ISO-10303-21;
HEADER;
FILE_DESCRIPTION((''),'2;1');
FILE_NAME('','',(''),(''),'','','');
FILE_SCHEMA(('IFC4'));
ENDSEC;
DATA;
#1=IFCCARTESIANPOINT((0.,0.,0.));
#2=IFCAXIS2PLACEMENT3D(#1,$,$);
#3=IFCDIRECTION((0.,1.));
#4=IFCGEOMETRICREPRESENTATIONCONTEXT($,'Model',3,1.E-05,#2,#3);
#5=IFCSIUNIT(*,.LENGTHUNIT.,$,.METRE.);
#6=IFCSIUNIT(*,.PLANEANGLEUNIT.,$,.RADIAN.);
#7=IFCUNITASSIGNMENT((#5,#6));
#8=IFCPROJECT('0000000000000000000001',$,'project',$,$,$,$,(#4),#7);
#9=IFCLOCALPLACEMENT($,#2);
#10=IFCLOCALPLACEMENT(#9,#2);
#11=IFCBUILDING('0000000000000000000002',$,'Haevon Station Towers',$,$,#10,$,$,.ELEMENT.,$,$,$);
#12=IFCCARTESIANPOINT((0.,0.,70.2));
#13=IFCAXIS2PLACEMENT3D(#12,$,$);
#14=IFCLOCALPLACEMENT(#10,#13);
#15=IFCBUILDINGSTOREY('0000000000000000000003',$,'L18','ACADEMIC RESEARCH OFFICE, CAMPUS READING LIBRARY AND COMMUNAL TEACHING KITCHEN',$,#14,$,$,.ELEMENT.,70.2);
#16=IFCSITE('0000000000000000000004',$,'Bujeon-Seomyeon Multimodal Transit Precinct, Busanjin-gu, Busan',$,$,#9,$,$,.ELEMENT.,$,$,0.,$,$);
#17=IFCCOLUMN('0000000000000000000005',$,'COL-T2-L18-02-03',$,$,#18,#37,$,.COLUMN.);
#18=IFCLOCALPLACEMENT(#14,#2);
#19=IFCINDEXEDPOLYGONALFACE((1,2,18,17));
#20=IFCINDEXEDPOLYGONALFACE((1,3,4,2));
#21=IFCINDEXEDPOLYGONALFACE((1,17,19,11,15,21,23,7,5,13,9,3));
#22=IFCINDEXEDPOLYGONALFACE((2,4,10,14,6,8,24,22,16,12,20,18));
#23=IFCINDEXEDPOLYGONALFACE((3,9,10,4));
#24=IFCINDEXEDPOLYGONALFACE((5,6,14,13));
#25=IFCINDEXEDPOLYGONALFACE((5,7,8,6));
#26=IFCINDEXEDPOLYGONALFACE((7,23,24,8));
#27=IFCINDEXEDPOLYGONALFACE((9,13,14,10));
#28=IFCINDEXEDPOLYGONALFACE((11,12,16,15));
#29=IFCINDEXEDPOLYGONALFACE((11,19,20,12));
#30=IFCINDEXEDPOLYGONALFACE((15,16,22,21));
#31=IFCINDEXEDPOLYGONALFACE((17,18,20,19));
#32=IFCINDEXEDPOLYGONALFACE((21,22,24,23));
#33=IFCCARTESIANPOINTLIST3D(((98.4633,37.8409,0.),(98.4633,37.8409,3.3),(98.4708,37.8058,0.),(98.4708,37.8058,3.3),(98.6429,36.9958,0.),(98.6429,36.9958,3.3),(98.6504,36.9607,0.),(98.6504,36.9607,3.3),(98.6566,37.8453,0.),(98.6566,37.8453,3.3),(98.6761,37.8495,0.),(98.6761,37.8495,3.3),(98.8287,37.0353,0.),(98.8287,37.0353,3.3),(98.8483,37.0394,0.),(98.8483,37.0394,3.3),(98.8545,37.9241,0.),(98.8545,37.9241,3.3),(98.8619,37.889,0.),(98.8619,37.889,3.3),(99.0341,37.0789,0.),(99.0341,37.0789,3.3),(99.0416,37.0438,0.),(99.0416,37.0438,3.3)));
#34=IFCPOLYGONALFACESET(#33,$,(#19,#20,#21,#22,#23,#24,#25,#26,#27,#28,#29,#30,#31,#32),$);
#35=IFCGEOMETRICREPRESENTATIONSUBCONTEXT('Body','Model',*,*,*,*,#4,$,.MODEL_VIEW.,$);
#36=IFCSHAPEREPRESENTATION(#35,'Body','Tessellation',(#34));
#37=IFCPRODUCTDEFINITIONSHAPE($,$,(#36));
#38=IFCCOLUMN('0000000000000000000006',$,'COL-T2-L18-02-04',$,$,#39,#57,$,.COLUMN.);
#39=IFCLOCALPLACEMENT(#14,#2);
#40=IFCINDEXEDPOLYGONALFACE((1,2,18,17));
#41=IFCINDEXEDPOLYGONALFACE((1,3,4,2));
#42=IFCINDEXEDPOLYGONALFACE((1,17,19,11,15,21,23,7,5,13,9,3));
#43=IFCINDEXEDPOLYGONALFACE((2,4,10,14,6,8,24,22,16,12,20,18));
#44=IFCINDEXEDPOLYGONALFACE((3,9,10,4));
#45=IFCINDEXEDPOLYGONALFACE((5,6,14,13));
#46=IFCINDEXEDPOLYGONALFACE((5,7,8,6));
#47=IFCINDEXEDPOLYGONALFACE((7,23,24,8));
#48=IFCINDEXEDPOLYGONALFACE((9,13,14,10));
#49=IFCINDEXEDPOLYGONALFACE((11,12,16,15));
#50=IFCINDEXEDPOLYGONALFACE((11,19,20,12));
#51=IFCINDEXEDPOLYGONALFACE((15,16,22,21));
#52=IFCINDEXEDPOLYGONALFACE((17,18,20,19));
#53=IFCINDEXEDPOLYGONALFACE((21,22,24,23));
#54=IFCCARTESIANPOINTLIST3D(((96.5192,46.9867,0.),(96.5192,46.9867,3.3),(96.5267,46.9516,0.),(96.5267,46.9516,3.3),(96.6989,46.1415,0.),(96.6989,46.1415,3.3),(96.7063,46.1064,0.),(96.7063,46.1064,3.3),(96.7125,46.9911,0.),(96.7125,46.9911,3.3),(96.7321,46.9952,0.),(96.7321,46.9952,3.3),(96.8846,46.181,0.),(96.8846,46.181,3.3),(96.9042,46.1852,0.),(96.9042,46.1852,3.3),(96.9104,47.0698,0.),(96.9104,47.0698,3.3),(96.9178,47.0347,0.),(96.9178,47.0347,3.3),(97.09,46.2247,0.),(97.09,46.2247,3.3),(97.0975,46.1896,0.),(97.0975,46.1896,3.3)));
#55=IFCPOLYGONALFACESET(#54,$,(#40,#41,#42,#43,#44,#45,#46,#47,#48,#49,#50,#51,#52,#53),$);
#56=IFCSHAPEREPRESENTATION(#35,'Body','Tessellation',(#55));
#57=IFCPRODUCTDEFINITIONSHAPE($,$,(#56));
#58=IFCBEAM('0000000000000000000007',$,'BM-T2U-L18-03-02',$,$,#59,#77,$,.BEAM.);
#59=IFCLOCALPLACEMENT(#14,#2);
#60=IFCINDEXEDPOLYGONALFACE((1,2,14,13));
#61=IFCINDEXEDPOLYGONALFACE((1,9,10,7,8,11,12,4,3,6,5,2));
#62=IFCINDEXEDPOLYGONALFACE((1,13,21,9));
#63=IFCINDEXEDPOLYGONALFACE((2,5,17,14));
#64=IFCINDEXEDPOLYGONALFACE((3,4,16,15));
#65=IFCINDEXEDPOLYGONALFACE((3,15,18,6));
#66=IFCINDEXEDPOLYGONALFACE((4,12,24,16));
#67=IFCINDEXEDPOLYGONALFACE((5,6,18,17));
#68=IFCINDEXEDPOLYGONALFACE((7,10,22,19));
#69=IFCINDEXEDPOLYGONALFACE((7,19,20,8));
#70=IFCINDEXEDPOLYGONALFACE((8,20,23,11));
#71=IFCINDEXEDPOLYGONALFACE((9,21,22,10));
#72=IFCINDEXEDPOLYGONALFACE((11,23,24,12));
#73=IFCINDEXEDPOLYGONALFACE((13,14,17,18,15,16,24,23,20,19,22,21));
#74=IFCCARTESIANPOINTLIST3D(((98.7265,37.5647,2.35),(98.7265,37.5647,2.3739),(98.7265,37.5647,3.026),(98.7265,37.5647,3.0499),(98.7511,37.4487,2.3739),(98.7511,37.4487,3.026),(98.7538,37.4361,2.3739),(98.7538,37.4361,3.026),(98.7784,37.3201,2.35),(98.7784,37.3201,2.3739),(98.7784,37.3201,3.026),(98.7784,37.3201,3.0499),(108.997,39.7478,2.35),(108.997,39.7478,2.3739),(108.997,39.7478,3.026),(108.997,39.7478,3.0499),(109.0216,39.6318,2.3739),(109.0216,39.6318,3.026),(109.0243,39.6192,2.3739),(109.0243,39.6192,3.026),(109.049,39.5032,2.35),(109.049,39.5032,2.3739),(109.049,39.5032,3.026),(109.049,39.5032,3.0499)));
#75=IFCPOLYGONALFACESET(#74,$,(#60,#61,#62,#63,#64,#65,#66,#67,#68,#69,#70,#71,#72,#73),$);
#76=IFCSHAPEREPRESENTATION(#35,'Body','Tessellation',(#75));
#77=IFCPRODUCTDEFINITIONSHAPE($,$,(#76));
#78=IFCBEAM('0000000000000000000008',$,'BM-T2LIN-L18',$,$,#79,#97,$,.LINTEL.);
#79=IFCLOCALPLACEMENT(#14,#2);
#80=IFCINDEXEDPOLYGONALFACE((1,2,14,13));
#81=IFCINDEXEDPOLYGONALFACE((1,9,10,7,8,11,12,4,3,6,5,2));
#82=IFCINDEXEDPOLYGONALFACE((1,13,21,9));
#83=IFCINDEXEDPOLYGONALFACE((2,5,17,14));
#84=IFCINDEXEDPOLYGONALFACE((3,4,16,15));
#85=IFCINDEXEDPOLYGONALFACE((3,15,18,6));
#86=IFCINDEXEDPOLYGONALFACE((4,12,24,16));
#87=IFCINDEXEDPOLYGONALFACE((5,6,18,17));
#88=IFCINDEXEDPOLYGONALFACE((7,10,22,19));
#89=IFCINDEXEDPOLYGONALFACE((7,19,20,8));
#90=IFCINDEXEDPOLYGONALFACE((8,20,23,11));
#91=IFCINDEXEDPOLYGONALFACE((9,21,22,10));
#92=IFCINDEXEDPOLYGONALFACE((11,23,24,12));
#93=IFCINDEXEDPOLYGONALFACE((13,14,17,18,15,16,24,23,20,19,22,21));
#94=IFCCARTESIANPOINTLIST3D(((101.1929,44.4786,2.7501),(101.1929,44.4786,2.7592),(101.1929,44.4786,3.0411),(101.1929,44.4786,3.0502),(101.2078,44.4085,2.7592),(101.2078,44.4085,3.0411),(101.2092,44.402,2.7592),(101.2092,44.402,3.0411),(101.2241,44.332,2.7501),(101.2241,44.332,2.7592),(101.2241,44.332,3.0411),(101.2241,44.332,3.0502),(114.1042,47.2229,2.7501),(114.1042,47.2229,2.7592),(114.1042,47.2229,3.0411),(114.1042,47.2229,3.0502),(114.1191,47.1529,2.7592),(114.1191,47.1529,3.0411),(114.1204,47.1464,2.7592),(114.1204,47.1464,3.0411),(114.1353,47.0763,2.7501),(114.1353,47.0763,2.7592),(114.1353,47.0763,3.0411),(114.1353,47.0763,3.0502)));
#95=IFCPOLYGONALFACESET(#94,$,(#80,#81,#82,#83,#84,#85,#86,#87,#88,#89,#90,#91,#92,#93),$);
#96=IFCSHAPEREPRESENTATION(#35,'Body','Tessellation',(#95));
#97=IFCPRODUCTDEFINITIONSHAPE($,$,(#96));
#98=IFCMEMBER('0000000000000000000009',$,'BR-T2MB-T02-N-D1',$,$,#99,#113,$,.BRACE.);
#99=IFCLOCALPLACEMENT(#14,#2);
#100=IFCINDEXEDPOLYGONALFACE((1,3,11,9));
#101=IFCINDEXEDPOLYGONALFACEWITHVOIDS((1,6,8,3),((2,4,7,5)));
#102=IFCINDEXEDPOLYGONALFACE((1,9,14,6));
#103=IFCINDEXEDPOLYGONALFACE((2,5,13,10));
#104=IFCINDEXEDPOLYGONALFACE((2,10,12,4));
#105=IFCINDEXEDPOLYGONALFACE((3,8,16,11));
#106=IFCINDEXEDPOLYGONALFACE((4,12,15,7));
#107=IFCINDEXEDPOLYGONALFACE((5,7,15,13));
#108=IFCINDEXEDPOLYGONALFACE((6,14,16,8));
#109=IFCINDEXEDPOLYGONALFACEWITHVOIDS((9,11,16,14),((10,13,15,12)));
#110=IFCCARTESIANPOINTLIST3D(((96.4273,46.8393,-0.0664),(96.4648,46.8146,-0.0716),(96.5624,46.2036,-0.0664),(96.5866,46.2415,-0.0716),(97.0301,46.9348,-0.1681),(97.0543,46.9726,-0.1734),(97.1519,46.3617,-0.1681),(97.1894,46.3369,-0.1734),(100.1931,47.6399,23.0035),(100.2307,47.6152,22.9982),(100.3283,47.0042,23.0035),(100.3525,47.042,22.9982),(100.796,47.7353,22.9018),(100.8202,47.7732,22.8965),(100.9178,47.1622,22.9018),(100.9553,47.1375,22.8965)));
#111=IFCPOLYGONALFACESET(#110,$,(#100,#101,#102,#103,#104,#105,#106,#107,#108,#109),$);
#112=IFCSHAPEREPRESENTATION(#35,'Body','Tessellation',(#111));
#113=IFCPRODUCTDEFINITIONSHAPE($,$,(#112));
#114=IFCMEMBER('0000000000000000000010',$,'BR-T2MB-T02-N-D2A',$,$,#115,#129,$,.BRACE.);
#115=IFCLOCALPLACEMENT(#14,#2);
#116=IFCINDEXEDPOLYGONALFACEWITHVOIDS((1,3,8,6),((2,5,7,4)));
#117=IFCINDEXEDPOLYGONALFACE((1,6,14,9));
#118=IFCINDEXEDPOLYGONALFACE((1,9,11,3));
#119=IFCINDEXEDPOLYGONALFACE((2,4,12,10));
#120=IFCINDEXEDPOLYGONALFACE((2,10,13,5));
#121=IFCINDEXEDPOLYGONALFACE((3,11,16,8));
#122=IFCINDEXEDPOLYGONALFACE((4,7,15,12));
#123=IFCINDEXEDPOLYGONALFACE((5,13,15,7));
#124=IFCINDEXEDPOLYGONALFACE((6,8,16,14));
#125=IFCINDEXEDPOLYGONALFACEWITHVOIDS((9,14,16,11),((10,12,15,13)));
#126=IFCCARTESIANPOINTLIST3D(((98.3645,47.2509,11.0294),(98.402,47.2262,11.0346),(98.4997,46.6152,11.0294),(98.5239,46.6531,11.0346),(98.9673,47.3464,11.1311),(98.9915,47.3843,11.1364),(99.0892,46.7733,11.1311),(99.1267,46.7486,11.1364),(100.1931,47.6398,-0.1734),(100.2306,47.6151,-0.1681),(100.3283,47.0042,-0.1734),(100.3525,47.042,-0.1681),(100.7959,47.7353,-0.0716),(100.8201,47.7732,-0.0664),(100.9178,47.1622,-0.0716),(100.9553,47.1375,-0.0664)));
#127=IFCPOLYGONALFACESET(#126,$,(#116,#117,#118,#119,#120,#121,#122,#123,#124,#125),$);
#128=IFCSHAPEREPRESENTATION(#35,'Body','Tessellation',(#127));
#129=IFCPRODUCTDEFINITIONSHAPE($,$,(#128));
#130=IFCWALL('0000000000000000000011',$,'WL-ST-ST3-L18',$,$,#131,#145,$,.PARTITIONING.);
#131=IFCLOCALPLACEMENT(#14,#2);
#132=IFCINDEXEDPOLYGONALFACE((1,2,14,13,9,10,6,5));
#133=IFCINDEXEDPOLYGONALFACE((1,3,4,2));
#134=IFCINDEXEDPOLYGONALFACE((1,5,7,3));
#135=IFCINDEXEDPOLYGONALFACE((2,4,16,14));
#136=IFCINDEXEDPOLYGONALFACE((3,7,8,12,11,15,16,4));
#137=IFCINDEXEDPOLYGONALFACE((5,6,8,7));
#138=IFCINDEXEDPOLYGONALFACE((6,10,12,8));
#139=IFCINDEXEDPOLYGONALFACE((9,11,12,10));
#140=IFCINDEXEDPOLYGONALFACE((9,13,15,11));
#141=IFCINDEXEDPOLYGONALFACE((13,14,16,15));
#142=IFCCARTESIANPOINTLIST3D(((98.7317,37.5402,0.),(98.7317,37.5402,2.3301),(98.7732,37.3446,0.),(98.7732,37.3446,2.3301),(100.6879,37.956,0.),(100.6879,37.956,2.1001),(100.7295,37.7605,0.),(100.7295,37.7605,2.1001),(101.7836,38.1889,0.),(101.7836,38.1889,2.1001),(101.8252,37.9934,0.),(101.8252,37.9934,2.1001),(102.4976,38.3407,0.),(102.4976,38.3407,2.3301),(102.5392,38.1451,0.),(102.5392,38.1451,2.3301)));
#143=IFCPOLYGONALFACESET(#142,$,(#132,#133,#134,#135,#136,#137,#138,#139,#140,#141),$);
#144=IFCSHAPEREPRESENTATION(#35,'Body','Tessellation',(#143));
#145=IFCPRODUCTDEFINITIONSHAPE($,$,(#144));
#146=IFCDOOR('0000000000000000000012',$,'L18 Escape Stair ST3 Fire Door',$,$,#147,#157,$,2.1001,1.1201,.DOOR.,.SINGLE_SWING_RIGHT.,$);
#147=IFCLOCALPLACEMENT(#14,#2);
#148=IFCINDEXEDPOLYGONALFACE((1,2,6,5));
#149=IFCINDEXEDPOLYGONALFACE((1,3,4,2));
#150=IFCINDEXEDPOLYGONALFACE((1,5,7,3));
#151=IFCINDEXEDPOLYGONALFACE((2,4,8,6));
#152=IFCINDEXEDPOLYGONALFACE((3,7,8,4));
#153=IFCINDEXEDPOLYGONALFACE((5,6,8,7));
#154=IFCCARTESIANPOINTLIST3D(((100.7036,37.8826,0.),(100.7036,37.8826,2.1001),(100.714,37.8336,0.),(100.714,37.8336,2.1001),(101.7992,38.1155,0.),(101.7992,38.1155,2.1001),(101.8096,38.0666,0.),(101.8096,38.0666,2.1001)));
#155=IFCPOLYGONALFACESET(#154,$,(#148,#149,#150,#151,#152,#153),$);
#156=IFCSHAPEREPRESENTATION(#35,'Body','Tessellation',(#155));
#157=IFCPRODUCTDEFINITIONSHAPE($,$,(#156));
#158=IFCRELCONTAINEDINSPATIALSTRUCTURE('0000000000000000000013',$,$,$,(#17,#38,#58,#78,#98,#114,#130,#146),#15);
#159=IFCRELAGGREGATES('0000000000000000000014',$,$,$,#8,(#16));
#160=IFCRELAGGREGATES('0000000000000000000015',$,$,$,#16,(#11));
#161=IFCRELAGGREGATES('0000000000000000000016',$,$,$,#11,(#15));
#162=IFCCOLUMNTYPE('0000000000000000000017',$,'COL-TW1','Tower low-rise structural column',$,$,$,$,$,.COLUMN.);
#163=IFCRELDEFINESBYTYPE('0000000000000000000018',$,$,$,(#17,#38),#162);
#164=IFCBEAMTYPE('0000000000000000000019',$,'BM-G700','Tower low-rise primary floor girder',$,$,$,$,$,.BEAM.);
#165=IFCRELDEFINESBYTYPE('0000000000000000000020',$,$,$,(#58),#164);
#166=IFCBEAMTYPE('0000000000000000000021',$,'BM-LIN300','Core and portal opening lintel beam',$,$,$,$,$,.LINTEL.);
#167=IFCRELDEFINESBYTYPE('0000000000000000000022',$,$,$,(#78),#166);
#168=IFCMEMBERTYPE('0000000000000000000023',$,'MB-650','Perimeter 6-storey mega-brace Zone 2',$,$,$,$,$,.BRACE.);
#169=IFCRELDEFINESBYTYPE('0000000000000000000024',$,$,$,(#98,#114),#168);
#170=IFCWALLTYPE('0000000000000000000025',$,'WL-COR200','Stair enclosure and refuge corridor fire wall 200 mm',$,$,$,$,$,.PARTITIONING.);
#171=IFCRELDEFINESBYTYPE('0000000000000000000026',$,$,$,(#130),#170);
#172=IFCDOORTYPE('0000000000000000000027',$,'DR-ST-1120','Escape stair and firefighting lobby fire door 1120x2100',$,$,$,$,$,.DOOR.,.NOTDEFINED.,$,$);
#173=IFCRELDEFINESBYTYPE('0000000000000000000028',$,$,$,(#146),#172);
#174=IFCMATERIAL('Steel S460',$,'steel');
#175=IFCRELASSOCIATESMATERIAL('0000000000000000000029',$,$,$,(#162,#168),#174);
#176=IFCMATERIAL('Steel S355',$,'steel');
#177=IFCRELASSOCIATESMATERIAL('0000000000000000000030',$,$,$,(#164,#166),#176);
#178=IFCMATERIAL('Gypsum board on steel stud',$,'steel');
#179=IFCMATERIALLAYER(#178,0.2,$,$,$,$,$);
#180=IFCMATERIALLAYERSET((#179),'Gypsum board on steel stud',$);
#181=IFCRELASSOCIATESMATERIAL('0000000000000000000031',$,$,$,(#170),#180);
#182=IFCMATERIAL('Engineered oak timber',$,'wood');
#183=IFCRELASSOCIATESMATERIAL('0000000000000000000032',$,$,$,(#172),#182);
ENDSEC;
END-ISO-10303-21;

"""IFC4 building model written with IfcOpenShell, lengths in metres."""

from ifc_helpers import new_model, si_unit, direction, frame, frame_2d, origin, origin_2d, place, context, subcontext, project, spatial, rectangle, hollow_rectangle, i_section, extrude, material, layer, layer_set, material_profile, profile_set, type_object, element, fill, save


model = new_model("IFC4")

# Units and contexts
model_context = context("Model", 3, precision=1e-05, world=origin(), true_north=direction((0.0, 1.0)))
body_context = subcontext(model_context, "Body", "Model", "MODEL_VIEW")
ifc_project = project(units=[si_unit("LENGTHUNIT", "METRE"), si_unit("PLANEANGLEUNIT", "RADIAN")], contexts=[model_context])

# Site, building, storey
site_placement = place(None, origin())
site = spatial("IfcSite", under=ifc_project, at=site_placement, Name="Bujeon-Seomyeon Multimodal Transit Precinct, Busanjin-gu, Busan", CompositionType="ELEMENT", RefElevation=0.0)
building_placement = place(site_placement, origin())
building = spatial("IfcBuilding", under=site, at=building_placement, Name="Haevon Station Towers", CompositionType="ELEMENT")
storey_placement = place(building_placement, frame((0.0, 0.0, 70.2)))
storey = spatial("IfcBuildingStorey", under=building, at=storey_placement, Name="L18", Description="ACADEMIC RESEARCH OFFICE, CAMPUS READING LIBRARY AND COMMUNAL TEACHING KITCHEN", CompositionType="ELEMENT", Elevation=70.2)

# Columns
ifc_material_1 = material(Name="Steel S460", Category="steel")
ifc_material_profile_1 = material_profile(ifc_material_1, i_section(OverallWidth=0.3999, OverallDepth=0.8999, WebThickness=0.02, FlangeThickness=0.0359, at=origin_2d()), Name="H-900x400x20x36")
ifc_profile_set_1 = profile_set([ifc_material_profile_1], Name="Steel S460")
column_type = type_object("IfcColumnType", Name="COL-TW1", Description="Tower low-rise structural column", PredefinedType="COLUMN", material=ifc_profile_set_1)
for number, where, z_axis, x_axis, name in (
    (1, (98.7524, 37.4424, 0.0), (0.0, 0.0, 1.0), (0.978148, 0.207912, 0.0), "COL-T2-L18-02-03"),
    (2, (96.8083, 46.5881, 0.0), (0.0, 0.0, 1.0), (0.978148, 0.207912, 0.0), "COL-T2-L18-02-04"),
):
    element("IfcColumn", number, at=place(storey_placement, frame(where, z_axis=z_axis, x_axis=x_axis)), inside=storey, type_object=column_type, Name=name, PredefinedType="COLUMN", context=body_context, shape_type="SweptSolid", body=[
        extrude(i_section(OverallWidth=0.3999, OverallDepth=0.8999, WebThickness=0.02, FlangeThickness=0.0359, at=origin_2d()), origin(), (0.0, 0.0, 1.0), 3.3),
    ])

# Beams
ifc_material_2 = material(Name="Steel S355", Category="steel")
ifc_material_profile_2 = material_profile(ifc_material_2, i_section(OverallWidth=0.25, OverallDepth=0.7, WebThickness=0.0129, FlangeThickness=0.0239, at=origin_2d()), Name="H-700x250x13x24")
ifc_profile_set_2 = profile_set([ifc_material_profile_2], Name="Steel S355")
beam_type_1 = type_object("IfcBeamType", Name="BM-G700", Description="Tower low-rise primary floor girder", PredefinedType="BEAM", material=ifc_profile_set_2)
beam_1_placement = place(storey_placement, frame((98.7524, 37.4424, 2.7), z_axis=(0.978147, 0.207915, 0.0), x_axis=(-0.207915, 0.978147, 0.0)))
element("IfcBeam", 3, at=beam_1_placement, inside=storey, type_object=beam_type_1, Name="BM-T2U-L18-03-02", PredefinedType="BEAM", context=body_context, shape_type="SweptSolid", body=[
    extrude(i_section(OverallWidth=0.25, OverallDepth=0.7, WebThickness=0.0129, FlangeThickness=0.0239, at=origin_2d()), origin(), (0.0, 0.0, 1.0), 10.5),
])
ifc_material_profile_3 = material_profile(ifc_material_2, i_section(OverallWidth=0.1499, OverallDepth=0.3, WebThickness=0.0066, FlangeThickness=0.009, at=origin_2d()), Name="H-300x150x6.5x9")
ifc_profile_set_3 = profile_set([ifc_material_profile_3], Name="Steel S355")
beam_type_2 = type_object("IfcBeamType", Name="BM-LIN300", Description="Core and portal opening lintel beam", PredefinedType="LINTEL", material=ifc_profile_set_3)
beam_2_placement = place(storey_placement, frame((101.2085, 44.4053, 2.9001), z_axis=(0.978148, 0.207911, 0.0), x_axis=(-0.207911, 0.978148, 0.0)))
element("IfcBeam", 4, at=beam_2_placement, inside=storey, type_object=beam_type_2, Name="BM-T2LIN-L18", PredefinedType="LINTEL", context=body_context, shape_type="SweptSolid", body=[
    extrude(i_section(OverallWidth=0.1499, OverallDepth=0.3, WebThickness=0.0066, FlangeThickness=0.009, at=origin_2d()), origin(), (0.0, 0.0, 1.0), 13.1997),
])

# Members
ifc_material_profile_4 = material_profile(ifc_material_1, hollow_rectangle(XDim=0.6499, YDim=0.6499, WallThickness=0.032, at=origin_2d()), Name="RHS-650x650x32")
ifc_profile_set_4 = profile_set([ifc_material_profile_4], Name="Steel S460")
member_type = type_object("IfcMemberType", Name="MB-650", Description="Perimeter 6-storey mega-brace Zone 2", PredefinedType="BRACE", material=ifc_profile_set_4)
member_1_placement = place(storey_placement, frame((96.8083, 46.5881, -0.1199), z_axis=(0.161011, 0.034227, 0.986359), x_axis=(-0.207931, 0.978144, 0.0)))
element("IfcMember", 5, at=member_1_placement, inside=storey, type_object=member_type, Name="BR-T2MB-T02-N-D1", PredefinedType="BRACE", context=body_context, shape_type="SweptSolid", body=[
    extrude(hollow_rectangle(XDim=0.6499, YDim=0.6499, WallThickness=0.032, at=origin_2d()), origin(), (0.0, 0.0, 1.0), 23.3889),
])
member_2_placement = place(storey_placement, frame((100.5742, 47.3887, -0.1199), z_axis=(-0.161004, -0.034243, 0.98636), x_axis=(0.208031, -0.978122, 0.0)))
element("IfcMember", 6, at=member_2_placement, inside=storey, type_object=member_type, Name="BR-T2MB-T02-N-D2A", PredefinedType="BRACE", context=body_context, shape_type="SweptSolid", body=[
    extrude(hollow_rectangle(XDim=0.6499, YDim=0.6499, WallThickness=0.032, at=origin_2d()), origin(), (0.0, 0.0, 1.0), 11.3577),
])

# Wall, opening, door
ifc_material_3 = material(Name="Gypsum board on steel stud", Category="steel")
ifc_layer_1 = layer(ifc_material_3, 0.2)
ifc_layer_set_1 = layer_set([ifc_layer_1], Name="Gypsum board on steel stud")
wall_type_1 = type_object("IfcWallType", Name="WL-COR200", Description="Stair enclosure and refuge corridor fire wall 200 mm", PredefinedType="PARTITIONING", material=ifc_layer_set_1)
wall_1_placement = place(storey_placement, frame((98.7524, 37.4424, 0.0), z_axis=(0.0, 0.0, 1.0), x_axis=(0.978144, 0.207931, 0.0)))
wall_1 = element("IfcWall", 7, at=wall_1_placement, inside=storey, type_object=wall_type_1, Name="WL-ST-ST3-L18", PredefinedType="PARTITIONING", context=body_context, shape_type="SweptSolid", body=[
    extrude(rectangle(XDim=3.8501, YDim=0.2, at=frame_2d((1.925, 0.0))), origin(), (0.0, 0.0, 1.0), 2.3301),
])
opening_1_placement = place(wall_1_placement, frame((2.0, 0.0, 0.0)))
opening_1 = element("IfcOpeningElement", 8, at=opening_1_placement, cuts=wall_1, PredefinedType="OPENING", context=body_context, shape_type="SweptSolid", body=[
    extrude(rectangle(XDim=1.1201, YDim=2.1001, at=frame_2d((0.5601, 1.05))), frame((0.0, 0.1099, 0.0), z_axis=(0.0, -1.0, 0.0), x_axis=(1.0, 0.0, 0.0)), (0.0, 0.0, 1.0), 0.22),
])
ifc_material_4 = material(Name="Engineered oak timber", Category="wood")
door_type_1 = type_object("IfcDoorType", Name="DR-ST-1120", Description="Escape stair and firefighting lobby fire door 1120x2100", OperationType="NOTDEFINED", PredefinedType="DOOR", material=ifc_material_4)
door_1_placement = place(opening_1_placement, origin())
door_1 = element("IfcDoor", 9, at=door_1_placement, inside=storey, type_object=door_type_1, Name="L18 Escape Stair ST3 Fire Door", OperationType="SINGLE_SWING_RIGHT", OverallHeight=2.1001, OverallWidth=1.1201, PredefinedType="DOOR", context=body_context, shape_type="SweptSolid", body=[
    extrude(rectangle(XDim=1.1201, YDim=2.1001, at=frame_2d((0.5601, 1.05))), frame((0.0, 0.0249, 0.0), z_axis=(0.0, -1.0, 0.0), x_axis=(1.0, 0.0, 0.0)), (0.0, 0.0, 1.0), 0.05),
])
fill(opening_1, door_1)

save(model, "model.ifc")
